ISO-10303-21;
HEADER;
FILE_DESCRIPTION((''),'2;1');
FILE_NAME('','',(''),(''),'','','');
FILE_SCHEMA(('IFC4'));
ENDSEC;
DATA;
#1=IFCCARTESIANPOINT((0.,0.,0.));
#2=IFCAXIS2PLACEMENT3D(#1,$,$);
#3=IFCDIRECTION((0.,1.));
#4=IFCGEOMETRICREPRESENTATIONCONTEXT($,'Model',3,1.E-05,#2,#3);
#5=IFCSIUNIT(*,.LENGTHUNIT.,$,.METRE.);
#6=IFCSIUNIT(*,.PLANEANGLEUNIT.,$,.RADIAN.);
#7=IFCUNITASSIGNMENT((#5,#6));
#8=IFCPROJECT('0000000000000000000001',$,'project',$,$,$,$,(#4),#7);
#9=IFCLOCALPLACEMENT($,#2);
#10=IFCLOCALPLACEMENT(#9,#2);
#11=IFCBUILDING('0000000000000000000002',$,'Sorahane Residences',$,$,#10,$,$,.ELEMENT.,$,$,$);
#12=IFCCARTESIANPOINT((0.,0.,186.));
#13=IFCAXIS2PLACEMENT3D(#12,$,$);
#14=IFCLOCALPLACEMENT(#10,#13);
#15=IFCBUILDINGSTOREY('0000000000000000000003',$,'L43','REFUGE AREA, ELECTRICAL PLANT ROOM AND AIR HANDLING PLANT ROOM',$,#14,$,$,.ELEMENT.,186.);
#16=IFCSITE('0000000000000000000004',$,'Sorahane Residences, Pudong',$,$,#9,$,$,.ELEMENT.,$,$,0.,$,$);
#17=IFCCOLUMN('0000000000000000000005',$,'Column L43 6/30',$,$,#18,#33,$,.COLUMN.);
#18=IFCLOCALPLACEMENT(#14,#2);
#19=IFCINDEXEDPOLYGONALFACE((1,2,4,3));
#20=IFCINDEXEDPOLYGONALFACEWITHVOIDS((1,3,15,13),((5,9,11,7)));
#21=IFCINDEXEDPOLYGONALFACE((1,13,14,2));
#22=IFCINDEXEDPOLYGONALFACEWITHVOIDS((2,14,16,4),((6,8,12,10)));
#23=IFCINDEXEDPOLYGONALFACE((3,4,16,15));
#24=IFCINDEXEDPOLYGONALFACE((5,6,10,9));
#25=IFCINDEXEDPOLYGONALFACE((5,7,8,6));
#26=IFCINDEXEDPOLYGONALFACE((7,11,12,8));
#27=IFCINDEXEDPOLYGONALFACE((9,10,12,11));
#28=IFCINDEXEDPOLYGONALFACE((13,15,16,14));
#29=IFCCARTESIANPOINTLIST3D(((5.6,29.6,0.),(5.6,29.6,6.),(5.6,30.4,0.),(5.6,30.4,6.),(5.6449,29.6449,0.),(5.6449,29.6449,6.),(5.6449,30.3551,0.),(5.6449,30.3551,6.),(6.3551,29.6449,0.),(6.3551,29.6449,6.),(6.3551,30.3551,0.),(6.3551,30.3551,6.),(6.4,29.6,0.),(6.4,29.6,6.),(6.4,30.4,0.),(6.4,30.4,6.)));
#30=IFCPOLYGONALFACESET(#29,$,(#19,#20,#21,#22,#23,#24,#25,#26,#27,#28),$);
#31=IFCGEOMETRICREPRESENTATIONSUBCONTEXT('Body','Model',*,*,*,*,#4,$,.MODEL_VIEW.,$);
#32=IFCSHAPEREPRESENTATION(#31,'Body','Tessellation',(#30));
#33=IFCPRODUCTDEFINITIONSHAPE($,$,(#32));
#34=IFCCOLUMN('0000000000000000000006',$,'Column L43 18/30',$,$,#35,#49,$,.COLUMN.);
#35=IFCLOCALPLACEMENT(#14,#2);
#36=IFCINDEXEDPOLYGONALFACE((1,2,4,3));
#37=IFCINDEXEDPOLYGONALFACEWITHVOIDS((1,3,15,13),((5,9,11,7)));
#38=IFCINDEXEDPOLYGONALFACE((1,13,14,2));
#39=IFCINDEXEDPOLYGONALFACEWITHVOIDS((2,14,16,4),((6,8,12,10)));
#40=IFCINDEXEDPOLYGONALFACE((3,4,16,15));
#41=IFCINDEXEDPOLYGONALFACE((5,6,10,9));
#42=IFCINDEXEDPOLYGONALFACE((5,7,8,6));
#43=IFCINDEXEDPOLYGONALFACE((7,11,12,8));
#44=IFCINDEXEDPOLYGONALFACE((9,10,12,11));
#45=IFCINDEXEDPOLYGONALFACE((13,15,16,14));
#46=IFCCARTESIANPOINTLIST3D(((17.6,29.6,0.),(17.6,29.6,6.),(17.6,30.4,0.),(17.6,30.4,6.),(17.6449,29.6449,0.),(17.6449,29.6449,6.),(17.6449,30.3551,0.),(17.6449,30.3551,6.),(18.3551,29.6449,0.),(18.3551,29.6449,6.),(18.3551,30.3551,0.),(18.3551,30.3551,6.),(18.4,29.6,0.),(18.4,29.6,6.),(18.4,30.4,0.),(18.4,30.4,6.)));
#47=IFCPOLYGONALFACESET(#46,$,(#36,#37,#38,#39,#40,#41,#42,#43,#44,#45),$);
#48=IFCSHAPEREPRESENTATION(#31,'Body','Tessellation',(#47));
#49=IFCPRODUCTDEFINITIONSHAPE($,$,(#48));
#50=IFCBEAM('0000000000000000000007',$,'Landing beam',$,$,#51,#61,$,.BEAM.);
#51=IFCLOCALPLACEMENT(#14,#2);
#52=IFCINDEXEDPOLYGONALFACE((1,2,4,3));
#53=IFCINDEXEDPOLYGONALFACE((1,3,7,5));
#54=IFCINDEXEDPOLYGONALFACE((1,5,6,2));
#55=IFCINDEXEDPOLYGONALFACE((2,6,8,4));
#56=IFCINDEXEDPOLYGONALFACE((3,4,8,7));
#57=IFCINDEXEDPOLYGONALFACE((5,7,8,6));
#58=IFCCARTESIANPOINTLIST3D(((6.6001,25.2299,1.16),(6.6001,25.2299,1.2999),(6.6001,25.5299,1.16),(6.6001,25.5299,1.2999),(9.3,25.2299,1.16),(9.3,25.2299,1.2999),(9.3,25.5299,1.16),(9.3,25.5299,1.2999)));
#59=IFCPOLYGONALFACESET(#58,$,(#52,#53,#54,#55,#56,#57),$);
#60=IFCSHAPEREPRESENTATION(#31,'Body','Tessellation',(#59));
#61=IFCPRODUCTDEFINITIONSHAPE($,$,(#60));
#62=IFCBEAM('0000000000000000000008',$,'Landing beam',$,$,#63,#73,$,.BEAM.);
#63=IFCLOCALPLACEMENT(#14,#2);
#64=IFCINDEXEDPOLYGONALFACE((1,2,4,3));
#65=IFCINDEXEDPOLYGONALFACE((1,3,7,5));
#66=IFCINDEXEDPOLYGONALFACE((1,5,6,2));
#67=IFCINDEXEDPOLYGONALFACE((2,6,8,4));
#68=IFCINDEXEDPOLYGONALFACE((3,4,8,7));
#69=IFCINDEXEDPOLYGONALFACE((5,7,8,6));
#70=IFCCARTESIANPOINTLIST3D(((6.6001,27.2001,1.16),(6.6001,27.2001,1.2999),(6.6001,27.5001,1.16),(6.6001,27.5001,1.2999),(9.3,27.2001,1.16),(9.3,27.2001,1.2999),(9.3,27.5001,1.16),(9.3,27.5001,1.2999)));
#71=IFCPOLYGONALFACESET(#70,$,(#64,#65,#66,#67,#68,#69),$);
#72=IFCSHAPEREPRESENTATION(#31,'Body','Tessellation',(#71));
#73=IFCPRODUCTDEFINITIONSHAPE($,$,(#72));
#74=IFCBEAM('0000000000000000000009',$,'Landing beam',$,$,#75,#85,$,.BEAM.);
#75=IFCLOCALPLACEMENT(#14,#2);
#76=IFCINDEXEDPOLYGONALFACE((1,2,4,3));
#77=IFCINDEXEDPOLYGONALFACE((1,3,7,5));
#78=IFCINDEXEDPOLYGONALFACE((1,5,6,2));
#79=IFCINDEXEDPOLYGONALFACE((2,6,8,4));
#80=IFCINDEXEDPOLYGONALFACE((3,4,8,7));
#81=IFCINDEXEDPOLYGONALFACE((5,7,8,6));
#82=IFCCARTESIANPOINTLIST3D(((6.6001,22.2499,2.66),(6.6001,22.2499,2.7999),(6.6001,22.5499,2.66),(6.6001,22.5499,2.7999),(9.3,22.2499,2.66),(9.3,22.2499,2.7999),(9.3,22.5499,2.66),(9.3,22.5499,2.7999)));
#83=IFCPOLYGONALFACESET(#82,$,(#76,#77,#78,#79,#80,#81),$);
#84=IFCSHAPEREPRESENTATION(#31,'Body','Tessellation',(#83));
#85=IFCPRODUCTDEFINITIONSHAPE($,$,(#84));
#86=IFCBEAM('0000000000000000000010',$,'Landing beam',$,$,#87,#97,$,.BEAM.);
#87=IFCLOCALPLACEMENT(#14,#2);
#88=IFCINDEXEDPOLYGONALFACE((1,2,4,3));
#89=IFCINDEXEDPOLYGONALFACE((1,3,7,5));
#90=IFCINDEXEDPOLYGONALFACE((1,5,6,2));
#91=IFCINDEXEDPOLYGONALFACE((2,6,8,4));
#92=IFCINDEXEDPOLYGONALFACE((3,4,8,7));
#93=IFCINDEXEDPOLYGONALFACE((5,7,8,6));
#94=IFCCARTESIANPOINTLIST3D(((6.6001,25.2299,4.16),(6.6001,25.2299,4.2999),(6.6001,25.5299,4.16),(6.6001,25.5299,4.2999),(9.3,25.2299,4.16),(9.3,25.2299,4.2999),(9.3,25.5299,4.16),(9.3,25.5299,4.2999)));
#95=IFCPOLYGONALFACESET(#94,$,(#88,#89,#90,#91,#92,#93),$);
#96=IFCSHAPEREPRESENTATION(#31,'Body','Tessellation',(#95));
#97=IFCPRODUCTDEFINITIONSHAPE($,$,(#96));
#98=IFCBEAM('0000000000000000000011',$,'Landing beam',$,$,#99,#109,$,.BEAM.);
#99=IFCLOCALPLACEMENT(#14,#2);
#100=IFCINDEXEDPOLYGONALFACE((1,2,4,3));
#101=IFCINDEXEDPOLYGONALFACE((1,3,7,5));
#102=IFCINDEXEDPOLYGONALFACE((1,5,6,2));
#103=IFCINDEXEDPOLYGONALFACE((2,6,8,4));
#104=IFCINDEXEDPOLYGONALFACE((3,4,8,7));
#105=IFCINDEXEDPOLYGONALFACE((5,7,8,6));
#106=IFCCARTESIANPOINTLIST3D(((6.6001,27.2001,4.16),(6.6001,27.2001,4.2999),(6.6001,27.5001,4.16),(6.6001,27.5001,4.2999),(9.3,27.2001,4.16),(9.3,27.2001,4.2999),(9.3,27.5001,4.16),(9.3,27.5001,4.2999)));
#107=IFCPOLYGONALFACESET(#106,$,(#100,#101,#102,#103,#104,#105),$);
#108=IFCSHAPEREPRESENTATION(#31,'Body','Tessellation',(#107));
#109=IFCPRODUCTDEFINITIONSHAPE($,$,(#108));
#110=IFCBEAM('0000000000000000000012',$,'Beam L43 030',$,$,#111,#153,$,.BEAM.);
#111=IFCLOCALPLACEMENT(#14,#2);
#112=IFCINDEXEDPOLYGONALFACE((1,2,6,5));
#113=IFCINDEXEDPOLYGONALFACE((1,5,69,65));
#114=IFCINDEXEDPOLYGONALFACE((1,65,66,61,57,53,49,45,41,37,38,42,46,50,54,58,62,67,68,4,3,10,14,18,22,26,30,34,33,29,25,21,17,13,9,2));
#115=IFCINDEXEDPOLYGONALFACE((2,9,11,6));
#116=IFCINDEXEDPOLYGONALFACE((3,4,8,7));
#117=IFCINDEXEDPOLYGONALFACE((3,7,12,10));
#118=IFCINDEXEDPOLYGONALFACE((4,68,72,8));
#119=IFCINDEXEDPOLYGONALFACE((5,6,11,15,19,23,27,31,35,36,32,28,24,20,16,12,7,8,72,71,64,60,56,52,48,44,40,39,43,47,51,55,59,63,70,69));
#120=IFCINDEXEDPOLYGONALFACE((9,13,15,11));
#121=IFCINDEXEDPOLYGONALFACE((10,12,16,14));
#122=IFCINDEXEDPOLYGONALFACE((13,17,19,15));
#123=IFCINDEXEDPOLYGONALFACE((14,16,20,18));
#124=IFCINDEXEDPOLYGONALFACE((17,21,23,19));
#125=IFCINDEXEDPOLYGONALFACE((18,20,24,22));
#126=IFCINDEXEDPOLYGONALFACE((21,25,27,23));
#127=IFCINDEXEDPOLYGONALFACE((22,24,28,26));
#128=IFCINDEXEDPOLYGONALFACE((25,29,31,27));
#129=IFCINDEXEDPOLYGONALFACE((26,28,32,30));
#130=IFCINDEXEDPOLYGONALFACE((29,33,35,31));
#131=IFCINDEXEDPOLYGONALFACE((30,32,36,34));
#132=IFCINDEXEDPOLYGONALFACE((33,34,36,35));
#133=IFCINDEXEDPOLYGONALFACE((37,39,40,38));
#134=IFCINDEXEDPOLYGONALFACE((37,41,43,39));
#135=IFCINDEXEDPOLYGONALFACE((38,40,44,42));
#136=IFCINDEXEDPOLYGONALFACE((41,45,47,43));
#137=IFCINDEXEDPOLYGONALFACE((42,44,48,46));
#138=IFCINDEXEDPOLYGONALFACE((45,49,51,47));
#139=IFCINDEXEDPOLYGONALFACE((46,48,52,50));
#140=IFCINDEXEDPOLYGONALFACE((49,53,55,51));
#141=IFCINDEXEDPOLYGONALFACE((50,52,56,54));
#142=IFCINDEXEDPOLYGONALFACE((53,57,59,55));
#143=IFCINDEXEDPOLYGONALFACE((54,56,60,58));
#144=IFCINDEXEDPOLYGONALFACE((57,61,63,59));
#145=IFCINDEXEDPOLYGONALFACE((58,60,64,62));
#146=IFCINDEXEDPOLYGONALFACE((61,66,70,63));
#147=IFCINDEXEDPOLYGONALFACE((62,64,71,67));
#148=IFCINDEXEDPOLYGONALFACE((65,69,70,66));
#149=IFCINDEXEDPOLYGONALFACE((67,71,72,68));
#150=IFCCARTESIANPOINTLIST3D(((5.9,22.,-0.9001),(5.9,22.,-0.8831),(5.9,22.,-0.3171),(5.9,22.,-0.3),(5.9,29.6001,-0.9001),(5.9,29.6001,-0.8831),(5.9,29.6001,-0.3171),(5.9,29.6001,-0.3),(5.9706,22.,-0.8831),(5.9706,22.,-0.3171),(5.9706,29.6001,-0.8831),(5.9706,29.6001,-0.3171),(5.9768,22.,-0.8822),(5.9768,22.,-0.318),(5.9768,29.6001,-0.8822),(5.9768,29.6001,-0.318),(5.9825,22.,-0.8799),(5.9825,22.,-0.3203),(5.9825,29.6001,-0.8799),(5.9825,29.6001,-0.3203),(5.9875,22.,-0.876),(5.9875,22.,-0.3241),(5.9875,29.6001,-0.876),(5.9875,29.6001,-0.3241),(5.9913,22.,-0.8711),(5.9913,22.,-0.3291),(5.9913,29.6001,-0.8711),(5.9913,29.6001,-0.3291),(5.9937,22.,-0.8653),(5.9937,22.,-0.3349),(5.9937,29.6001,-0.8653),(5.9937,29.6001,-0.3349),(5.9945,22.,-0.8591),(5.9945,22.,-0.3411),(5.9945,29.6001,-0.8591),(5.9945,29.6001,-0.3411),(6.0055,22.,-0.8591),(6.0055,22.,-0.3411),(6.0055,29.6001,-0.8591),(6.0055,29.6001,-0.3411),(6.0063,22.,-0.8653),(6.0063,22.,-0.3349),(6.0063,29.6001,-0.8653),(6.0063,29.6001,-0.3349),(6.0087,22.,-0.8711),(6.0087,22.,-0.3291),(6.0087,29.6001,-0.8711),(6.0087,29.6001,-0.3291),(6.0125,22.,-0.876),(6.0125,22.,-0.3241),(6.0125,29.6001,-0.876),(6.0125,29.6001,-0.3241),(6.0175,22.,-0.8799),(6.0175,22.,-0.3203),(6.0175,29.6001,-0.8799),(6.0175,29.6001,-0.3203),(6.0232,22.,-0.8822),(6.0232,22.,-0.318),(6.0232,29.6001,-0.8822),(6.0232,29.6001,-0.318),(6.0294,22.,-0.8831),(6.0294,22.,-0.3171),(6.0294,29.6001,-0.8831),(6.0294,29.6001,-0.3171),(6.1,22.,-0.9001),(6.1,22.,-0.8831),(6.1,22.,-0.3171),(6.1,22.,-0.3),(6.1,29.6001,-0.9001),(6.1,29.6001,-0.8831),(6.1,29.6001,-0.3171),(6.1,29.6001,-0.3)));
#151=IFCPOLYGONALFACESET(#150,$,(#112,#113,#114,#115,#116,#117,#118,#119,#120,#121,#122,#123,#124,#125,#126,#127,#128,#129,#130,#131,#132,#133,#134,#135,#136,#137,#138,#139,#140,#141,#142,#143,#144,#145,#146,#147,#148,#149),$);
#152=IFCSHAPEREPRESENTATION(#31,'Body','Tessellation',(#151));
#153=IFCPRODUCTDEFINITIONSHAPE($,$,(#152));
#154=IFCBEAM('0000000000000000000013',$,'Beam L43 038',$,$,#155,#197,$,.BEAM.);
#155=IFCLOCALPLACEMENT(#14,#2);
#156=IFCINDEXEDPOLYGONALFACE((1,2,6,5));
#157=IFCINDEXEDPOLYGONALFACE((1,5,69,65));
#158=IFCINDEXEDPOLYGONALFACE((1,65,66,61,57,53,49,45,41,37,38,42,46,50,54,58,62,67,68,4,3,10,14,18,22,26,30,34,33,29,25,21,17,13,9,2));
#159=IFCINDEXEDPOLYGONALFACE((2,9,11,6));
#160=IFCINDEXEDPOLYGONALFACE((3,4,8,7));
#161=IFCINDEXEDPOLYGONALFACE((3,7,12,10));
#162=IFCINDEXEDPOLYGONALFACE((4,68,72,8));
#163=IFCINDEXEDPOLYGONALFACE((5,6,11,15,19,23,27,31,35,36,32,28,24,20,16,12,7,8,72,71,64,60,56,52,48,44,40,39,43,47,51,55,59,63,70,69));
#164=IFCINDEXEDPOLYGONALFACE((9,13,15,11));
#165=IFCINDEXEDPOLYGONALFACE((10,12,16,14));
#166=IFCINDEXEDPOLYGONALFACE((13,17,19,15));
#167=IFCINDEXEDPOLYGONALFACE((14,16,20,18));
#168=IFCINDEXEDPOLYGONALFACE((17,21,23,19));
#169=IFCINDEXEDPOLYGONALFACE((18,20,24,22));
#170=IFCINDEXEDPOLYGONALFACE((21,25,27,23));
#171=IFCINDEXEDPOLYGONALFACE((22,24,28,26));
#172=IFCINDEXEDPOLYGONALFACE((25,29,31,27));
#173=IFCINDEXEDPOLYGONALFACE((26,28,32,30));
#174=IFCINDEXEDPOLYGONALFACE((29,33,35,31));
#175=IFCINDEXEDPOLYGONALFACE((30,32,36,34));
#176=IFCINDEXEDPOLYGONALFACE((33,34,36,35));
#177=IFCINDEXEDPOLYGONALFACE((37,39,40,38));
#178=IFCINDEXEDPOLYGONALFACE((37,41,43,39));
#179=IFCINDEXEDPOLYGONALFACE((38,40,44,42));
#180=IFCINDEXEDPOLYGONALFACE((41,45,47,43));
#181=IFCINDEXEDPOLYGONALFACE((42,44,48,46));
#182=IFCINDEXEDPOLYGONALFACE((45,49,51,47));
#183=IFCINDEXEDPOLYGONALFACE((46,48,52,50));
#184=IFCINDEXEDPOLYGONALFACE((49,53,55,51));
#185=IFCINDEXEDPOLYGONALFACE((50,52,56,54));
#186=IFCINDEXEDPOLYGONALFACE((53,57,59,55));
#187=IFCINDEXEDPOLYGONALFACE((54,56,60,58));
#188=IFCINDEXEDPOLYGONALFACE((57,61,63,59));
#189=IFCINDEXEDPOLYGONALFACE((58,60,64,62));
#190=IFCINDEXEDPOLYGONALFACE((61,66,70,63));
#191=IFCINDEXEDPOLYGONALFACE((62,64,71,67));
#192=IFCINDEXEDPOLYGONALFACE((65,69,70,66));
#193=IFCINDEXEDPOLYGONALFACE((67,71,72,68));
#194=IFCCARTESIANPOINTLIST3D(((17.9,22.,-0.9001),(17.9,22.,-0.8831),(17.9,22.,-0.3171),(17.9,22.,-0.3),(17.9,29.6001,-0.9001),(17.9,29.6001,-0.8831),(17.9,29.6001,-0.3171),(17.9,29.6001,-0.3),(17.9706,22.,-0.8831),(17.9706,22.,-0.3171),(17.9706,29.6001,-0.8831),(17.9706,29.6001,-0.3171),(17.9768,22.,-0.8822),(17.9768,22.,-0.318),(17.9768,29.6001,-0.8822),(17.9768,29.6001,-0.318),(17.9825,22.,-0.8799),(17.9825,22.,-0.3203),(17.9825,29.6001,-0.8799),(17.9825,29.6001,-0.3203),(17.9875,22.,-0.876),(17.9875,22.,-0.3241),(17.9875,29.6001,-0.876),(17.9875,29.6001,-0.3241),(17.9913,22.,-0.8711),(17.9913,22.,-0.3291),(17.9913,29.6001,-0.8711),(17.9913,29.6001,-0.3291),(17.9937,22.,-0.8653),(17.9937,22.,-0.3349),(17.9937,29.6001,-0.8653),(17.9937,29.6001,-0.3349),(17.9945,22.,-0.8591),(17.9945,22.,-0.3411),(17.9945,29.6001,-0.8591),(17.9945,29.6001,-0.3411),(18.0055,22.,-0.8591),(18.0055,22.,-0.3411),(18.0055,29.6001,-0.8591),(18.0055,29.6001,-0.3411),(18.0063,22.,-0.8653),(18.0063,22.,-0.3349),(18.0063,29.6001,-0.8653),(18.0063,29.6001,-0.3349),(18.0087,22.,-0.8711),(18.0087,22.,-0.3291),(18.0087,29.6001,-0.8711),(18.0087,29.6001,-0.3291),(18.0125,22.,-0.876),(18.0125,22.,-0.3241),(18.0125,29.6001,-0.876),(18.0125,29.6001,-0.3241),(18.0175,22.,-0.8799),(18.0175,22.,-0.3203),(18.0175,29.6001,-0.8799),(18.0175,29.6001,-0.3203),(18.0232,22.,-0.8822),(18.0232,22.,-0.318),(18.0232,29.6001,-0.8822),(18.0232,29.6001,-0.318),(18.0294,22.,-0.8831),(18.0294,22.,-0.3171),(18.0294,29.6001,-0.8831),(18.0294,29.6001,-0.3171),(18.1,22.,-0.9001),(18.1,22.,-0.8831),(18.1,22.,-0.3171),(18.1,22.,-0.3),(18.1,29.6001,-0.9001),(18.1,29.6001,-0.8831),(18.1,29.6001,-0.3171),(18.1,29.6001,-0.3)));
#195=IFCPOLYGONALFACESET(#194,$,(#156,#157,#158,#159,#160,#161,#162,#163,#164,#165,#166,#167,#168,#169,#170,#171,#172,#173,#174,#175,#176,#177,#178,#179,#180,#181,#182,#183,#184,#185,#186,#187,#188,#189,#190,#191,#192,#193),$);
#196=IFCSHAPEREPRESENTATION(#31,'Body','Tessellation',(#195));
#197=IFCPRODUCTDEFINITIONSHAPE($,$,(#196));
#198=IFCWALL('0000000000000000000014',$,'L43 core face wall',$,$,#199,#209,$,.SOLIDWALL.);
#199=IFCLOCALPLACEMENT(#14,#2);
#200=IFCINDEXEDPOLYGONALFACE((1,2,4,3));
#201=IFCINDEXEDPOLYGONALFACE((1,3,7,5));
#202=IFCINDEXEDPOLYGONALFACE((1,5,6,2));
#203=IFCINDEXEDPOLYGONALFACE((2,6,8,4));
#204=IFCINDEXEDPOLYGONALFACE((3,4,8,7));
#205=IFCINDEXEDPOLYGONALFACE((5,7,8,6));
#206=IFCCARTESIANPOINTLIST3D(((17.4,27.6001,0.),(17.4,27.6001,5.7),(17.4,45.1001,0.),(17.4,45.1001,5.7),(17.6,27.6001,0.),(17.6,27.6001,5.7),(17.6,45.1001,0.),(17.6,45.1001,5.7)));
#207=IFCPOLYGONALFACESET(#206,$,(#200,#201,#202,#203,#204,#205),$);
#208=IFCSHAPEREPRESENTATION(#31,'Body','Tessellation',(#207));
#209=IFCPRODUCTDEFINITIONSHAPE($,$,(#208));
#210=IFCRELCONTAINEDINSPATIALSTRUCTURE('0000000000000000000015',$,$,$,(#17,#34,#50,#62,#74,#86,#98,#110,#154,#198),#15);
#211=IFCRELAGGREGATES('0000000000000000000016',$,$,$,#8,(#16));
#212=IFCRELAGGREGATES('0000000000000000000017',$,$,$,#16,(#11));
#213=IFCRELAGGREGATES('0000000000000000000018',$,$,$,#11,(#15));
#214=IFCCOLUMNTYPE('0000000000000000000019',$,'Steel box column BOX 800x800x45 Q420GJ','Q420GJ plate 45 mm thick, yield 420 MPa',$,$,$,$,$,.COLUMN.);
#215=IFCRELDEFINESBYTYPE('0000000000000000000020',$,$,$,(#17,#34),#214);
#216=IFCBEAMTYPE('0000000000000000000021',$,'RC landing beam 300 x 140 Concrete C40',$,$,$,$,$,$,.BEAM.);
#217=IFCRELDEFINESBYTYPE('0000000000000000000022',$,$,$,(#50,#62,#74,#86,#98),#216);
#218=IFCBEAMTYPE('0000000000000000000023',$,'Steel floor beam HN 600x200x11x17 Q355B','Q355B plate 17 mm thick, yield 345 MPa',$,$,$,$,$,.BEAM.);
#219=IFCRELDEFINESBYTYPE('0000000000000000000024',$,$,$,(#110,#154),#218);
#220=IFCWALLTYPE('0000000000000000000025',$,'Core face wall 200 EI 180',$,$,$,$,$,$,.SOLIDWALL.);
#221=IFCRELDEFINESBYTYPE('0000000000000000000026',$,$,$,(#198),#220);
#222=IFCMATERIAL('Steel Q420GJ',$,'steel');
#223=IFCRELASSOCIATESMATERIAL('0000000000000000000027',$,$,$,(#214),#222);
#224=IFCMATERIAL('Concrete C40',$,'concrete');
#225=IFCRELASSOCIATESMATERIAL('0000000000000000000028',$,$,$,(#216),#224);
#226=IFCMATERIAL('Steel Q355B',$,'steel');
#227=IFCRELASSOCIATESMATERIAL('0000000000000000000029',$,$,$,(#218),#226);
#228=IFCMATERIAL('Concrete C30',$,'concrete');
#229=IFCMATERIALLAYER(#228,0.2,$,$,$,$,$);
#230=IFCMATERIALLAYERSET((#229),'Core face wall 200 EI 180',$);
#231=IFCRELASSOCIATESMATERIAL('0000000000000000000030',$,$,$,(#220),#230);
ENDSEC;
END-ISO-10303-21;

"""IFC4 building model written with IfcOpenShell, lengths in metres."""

from ifc_helpers import new_model, si_unit, direction, frame, frame_2d, origin, origin_2d, place, context, subcontext, project, spatial, rectangle, hollow_rectangle, i_section, extrude, material, layer, layer_set, material_profile, profile_set, type_object, element, save


model = new_model("IFC4")

# Units and contexts
model_context = context("Model", 3, precision=1e-05, world=origin(), true_north=direction((0.0, 1.0)))
body_context = subcontext(model_context, "Body", "Model", "MODEL_VIEW")
ifc_project = project(units=[si_unit("LENGTHUNIT", "METRE"), si_unit("PLANEANGLEUNIT", "RADIAN")], contexts=[model_context])

# Site, building, storey
site_placement = place(None, origin())
site = spatial("IfcSite", under=ifc_project, at=site_placement, Name="Sorahane Residences, Pudong", CompositionType="ELEMENT", RefElevation=0.0)
building_placement = place(site_placement, origin())
building = spatial("IfcBuilding", under=site, at=building_placement, Name="Sorahane Residences", CompositionType="ELEMENT")
storey_placement = place(building_placement, frame((0.0, 0.0, 186.0)))
storey = spatial("IfcBuildingStorey", under=building, at=storey_placement, Name="L43", Description="REFUGE AREA, ELECTRICAL PLANT ROOM AND AIR HANDLING PLANT ROOM", CompositionType="ELEMENT", Elevation=186.0)

# Columns
ifc_material_1 = material(Name="Steel Q420GJ", Category="steel")
ifc_material_profile_1 = material_profile(ifc_material_1, hollow_rectangle(XDim=0.8, YDim=0.8, WallThickness=0.0449, at=origin_2d()), Name="BOX 800x800x45")
ifc_profile_set_1 = profile_set([ifc_material_profile_1], Name="Steel Q420GJ")
column_type = type_object("IfcColumnType", Name="Steel box column BOX 800x800x45 Q420GJ", Description="Q420GJ plate 45 mm thick, yield 420 MPa", PredefinedType="COLUMN", material=ifc_profile_set_1)
for number, where, z_axis, x_axis, name in (
    (1, (6.0, 30.0, 0.0), (0.0, 0.0, 1.0), (1.0, 0.0, 0.0), "Column L43 6/30"),
    (2, (18.0, 30.0, 0.0), (0.0, 0.0, 1.0), (1.0, 0.0, 0.0), "Column L43 18/30"),
):
    element("IfcColumn", number, at=place(storey_placement, frame(where, z_axis=z_axis, x_axis=x_axis)), inside=storey, type_object=column_type, Name=name, PredefinedType="COLUMN", context=body_context, shape_type="SweptSolid", body=[
        extrude(hollow_rectangle(XDim=0.8, YDim=0.8, WallThickness=0.0449, at=origin_2d()), origin(), (0.0, 0.0, 1.0), 6.0),
    ])

# Beams
ifc_material_2 = material(Name="Concrete C40", Category="concrete")
ifc_material_profile_2 = material_profile(ifc_material_2, rectangle(XDim=0.3, YDim=0.1399, at=origin_2d()), Name="300x140")
ifc_profile_set_2 = profile_set([ifc_material_profile_2], Name="Concrete C40")
beam_type_1 = type_object("IfcBeamType", Name="RC landing beam 300 x 140 Concrete C40", PredefinedType="BEAM", material=ifc_profile_set_2)
for number, where, z_axis, x_axis, name in (
    (3, (6.6001, 25.3799, 1.23), (1.0, 0.0, 0.0), (0.0, 1.0, 0.0), "Landing beam"),
    (4, (6.6001, 27.3501, 1.23), (1.0, 0.0, 0.0), (0.0, 1.0, 0.0), "Landing beam"),
    (5, (6.6001, 22.3999, 2.73), (1.0, 0.0, 0.0), (0.0, 1.0, 0.0), "Landing beam"),
    (6, (6.6001, 25.3799, 4.23), (1.0, 0.0, 0.0), (0.0, 1.0, 0.0), "Landing beam"),
    (7, (6.6001, 27.3501, 4.23), (1.0, 0.0, 0.0), (0.0, 1.0, 0.0), "Landing beam"),
):
    element("IfcBeam", number, at=place(storey_placement, frame(where, z_axis=z_axis, x_axis=x_axis)), inside=storey, type_object=beam_type_1, Name=name, PredefinedType="BEAM", context=body_context, shape_type="SweptSolid", body=[
        extrude(rectangle(XDim=0.3, YDim=0.1399, at=origin_2d()), origin(), (0.0, 0.0, 1.0), 2.7),
    ])
ifc_material_3 = material(Name="Steel Q355B", Category="steel")
ifc_material_profile_3 = material_profile(ifc_material_3, i_section(OverallWidth=0.2, OverallDepth=0.6001, WebThickness=0.011, FlangeThickness=0.0171, FilletRadius=0.0239, at=origin_2d()), Name="HN 600x200x11x17")
ifc_profile_set_3 = profile_set([ifc_material_profile_3], Name="Steel Q355B")
beam_type_2 = type_object("IfcBeamType", Name="Steel floor beam HN 600x200x11x17 Q355B", Description="Q355B plate 17 mm thick, yield 345 MPa", PredefinedType="BEAM", material=ifc_profile_set_3)
for number, where, z_axis, x_axis, name in (
    (8, (6.0, 22.0, -0.6001), (0.0, 1.0, 0.0), (-1.0, 0.0, 0.0), "Beam L43 030"),
    (9, (18.0, 22.0, -0.6001), (0.0, 1.0, 0.0), (-1.0, 0.0, 0.0), "Beam L43 038"),
):
    element("IfcBeam", number, at=place(storey_placement, frame(where, z_axis=z_axis, x_axis=x_axis)), inside=storey, type_object=beam_type_2, Name=name, PredefinedType="BEAM", context=body_context, shape_type="SweptSolid", body=[
        extrude(i_section(OverallWidth=0.2, OverallDepth=0.6001, WebThickness=0.011, FlangeThickness=0.0171, FilletRadius=0.0239, at=origin_2d()), origin(), (0.0, 0.0, 1.0), 7.6001),
    ])

# Wall
ifc_material_4 = material(Name="Concrete C30", Category="concrete")
ifc_layer_1 = layer(ifc_material_4, 0.2)
ifc_layer_set_1 = layer_set([ifc_layer_1], Name="Core face wall 200 EI 180")
wall_type_1 = type_object("IfcWallType", Name="Core face wall 200 EI 180", PredefinedType="SOLIDWALL", material=ifc_layer_set_1)
for number, where, z_axis, x_axis, name in (
    (10, (17.5, 27.6001, 0.0), (0.0, 0.0, 1.0), (0.0, 1.0, 0.0), "L43 core face wall"),
):
    element("IfcWall", number, at=place(storey_placement, frame(where, z_axis=z_axis, x_axis=x_axis)), inside=storey, type_object=wall_type_1, Name=name, PredefinedType="SOLIDWALL", context=body_context, shape_type="SweptSolid", body=[
        extrude(rectangle(XDim=17.5, YDim=0.2, at=frame_2d((8.75, 0.0))), origin(), (0.0, 0.0, 1.0), 5.7),
    ])

save(model, "model.ifc")
